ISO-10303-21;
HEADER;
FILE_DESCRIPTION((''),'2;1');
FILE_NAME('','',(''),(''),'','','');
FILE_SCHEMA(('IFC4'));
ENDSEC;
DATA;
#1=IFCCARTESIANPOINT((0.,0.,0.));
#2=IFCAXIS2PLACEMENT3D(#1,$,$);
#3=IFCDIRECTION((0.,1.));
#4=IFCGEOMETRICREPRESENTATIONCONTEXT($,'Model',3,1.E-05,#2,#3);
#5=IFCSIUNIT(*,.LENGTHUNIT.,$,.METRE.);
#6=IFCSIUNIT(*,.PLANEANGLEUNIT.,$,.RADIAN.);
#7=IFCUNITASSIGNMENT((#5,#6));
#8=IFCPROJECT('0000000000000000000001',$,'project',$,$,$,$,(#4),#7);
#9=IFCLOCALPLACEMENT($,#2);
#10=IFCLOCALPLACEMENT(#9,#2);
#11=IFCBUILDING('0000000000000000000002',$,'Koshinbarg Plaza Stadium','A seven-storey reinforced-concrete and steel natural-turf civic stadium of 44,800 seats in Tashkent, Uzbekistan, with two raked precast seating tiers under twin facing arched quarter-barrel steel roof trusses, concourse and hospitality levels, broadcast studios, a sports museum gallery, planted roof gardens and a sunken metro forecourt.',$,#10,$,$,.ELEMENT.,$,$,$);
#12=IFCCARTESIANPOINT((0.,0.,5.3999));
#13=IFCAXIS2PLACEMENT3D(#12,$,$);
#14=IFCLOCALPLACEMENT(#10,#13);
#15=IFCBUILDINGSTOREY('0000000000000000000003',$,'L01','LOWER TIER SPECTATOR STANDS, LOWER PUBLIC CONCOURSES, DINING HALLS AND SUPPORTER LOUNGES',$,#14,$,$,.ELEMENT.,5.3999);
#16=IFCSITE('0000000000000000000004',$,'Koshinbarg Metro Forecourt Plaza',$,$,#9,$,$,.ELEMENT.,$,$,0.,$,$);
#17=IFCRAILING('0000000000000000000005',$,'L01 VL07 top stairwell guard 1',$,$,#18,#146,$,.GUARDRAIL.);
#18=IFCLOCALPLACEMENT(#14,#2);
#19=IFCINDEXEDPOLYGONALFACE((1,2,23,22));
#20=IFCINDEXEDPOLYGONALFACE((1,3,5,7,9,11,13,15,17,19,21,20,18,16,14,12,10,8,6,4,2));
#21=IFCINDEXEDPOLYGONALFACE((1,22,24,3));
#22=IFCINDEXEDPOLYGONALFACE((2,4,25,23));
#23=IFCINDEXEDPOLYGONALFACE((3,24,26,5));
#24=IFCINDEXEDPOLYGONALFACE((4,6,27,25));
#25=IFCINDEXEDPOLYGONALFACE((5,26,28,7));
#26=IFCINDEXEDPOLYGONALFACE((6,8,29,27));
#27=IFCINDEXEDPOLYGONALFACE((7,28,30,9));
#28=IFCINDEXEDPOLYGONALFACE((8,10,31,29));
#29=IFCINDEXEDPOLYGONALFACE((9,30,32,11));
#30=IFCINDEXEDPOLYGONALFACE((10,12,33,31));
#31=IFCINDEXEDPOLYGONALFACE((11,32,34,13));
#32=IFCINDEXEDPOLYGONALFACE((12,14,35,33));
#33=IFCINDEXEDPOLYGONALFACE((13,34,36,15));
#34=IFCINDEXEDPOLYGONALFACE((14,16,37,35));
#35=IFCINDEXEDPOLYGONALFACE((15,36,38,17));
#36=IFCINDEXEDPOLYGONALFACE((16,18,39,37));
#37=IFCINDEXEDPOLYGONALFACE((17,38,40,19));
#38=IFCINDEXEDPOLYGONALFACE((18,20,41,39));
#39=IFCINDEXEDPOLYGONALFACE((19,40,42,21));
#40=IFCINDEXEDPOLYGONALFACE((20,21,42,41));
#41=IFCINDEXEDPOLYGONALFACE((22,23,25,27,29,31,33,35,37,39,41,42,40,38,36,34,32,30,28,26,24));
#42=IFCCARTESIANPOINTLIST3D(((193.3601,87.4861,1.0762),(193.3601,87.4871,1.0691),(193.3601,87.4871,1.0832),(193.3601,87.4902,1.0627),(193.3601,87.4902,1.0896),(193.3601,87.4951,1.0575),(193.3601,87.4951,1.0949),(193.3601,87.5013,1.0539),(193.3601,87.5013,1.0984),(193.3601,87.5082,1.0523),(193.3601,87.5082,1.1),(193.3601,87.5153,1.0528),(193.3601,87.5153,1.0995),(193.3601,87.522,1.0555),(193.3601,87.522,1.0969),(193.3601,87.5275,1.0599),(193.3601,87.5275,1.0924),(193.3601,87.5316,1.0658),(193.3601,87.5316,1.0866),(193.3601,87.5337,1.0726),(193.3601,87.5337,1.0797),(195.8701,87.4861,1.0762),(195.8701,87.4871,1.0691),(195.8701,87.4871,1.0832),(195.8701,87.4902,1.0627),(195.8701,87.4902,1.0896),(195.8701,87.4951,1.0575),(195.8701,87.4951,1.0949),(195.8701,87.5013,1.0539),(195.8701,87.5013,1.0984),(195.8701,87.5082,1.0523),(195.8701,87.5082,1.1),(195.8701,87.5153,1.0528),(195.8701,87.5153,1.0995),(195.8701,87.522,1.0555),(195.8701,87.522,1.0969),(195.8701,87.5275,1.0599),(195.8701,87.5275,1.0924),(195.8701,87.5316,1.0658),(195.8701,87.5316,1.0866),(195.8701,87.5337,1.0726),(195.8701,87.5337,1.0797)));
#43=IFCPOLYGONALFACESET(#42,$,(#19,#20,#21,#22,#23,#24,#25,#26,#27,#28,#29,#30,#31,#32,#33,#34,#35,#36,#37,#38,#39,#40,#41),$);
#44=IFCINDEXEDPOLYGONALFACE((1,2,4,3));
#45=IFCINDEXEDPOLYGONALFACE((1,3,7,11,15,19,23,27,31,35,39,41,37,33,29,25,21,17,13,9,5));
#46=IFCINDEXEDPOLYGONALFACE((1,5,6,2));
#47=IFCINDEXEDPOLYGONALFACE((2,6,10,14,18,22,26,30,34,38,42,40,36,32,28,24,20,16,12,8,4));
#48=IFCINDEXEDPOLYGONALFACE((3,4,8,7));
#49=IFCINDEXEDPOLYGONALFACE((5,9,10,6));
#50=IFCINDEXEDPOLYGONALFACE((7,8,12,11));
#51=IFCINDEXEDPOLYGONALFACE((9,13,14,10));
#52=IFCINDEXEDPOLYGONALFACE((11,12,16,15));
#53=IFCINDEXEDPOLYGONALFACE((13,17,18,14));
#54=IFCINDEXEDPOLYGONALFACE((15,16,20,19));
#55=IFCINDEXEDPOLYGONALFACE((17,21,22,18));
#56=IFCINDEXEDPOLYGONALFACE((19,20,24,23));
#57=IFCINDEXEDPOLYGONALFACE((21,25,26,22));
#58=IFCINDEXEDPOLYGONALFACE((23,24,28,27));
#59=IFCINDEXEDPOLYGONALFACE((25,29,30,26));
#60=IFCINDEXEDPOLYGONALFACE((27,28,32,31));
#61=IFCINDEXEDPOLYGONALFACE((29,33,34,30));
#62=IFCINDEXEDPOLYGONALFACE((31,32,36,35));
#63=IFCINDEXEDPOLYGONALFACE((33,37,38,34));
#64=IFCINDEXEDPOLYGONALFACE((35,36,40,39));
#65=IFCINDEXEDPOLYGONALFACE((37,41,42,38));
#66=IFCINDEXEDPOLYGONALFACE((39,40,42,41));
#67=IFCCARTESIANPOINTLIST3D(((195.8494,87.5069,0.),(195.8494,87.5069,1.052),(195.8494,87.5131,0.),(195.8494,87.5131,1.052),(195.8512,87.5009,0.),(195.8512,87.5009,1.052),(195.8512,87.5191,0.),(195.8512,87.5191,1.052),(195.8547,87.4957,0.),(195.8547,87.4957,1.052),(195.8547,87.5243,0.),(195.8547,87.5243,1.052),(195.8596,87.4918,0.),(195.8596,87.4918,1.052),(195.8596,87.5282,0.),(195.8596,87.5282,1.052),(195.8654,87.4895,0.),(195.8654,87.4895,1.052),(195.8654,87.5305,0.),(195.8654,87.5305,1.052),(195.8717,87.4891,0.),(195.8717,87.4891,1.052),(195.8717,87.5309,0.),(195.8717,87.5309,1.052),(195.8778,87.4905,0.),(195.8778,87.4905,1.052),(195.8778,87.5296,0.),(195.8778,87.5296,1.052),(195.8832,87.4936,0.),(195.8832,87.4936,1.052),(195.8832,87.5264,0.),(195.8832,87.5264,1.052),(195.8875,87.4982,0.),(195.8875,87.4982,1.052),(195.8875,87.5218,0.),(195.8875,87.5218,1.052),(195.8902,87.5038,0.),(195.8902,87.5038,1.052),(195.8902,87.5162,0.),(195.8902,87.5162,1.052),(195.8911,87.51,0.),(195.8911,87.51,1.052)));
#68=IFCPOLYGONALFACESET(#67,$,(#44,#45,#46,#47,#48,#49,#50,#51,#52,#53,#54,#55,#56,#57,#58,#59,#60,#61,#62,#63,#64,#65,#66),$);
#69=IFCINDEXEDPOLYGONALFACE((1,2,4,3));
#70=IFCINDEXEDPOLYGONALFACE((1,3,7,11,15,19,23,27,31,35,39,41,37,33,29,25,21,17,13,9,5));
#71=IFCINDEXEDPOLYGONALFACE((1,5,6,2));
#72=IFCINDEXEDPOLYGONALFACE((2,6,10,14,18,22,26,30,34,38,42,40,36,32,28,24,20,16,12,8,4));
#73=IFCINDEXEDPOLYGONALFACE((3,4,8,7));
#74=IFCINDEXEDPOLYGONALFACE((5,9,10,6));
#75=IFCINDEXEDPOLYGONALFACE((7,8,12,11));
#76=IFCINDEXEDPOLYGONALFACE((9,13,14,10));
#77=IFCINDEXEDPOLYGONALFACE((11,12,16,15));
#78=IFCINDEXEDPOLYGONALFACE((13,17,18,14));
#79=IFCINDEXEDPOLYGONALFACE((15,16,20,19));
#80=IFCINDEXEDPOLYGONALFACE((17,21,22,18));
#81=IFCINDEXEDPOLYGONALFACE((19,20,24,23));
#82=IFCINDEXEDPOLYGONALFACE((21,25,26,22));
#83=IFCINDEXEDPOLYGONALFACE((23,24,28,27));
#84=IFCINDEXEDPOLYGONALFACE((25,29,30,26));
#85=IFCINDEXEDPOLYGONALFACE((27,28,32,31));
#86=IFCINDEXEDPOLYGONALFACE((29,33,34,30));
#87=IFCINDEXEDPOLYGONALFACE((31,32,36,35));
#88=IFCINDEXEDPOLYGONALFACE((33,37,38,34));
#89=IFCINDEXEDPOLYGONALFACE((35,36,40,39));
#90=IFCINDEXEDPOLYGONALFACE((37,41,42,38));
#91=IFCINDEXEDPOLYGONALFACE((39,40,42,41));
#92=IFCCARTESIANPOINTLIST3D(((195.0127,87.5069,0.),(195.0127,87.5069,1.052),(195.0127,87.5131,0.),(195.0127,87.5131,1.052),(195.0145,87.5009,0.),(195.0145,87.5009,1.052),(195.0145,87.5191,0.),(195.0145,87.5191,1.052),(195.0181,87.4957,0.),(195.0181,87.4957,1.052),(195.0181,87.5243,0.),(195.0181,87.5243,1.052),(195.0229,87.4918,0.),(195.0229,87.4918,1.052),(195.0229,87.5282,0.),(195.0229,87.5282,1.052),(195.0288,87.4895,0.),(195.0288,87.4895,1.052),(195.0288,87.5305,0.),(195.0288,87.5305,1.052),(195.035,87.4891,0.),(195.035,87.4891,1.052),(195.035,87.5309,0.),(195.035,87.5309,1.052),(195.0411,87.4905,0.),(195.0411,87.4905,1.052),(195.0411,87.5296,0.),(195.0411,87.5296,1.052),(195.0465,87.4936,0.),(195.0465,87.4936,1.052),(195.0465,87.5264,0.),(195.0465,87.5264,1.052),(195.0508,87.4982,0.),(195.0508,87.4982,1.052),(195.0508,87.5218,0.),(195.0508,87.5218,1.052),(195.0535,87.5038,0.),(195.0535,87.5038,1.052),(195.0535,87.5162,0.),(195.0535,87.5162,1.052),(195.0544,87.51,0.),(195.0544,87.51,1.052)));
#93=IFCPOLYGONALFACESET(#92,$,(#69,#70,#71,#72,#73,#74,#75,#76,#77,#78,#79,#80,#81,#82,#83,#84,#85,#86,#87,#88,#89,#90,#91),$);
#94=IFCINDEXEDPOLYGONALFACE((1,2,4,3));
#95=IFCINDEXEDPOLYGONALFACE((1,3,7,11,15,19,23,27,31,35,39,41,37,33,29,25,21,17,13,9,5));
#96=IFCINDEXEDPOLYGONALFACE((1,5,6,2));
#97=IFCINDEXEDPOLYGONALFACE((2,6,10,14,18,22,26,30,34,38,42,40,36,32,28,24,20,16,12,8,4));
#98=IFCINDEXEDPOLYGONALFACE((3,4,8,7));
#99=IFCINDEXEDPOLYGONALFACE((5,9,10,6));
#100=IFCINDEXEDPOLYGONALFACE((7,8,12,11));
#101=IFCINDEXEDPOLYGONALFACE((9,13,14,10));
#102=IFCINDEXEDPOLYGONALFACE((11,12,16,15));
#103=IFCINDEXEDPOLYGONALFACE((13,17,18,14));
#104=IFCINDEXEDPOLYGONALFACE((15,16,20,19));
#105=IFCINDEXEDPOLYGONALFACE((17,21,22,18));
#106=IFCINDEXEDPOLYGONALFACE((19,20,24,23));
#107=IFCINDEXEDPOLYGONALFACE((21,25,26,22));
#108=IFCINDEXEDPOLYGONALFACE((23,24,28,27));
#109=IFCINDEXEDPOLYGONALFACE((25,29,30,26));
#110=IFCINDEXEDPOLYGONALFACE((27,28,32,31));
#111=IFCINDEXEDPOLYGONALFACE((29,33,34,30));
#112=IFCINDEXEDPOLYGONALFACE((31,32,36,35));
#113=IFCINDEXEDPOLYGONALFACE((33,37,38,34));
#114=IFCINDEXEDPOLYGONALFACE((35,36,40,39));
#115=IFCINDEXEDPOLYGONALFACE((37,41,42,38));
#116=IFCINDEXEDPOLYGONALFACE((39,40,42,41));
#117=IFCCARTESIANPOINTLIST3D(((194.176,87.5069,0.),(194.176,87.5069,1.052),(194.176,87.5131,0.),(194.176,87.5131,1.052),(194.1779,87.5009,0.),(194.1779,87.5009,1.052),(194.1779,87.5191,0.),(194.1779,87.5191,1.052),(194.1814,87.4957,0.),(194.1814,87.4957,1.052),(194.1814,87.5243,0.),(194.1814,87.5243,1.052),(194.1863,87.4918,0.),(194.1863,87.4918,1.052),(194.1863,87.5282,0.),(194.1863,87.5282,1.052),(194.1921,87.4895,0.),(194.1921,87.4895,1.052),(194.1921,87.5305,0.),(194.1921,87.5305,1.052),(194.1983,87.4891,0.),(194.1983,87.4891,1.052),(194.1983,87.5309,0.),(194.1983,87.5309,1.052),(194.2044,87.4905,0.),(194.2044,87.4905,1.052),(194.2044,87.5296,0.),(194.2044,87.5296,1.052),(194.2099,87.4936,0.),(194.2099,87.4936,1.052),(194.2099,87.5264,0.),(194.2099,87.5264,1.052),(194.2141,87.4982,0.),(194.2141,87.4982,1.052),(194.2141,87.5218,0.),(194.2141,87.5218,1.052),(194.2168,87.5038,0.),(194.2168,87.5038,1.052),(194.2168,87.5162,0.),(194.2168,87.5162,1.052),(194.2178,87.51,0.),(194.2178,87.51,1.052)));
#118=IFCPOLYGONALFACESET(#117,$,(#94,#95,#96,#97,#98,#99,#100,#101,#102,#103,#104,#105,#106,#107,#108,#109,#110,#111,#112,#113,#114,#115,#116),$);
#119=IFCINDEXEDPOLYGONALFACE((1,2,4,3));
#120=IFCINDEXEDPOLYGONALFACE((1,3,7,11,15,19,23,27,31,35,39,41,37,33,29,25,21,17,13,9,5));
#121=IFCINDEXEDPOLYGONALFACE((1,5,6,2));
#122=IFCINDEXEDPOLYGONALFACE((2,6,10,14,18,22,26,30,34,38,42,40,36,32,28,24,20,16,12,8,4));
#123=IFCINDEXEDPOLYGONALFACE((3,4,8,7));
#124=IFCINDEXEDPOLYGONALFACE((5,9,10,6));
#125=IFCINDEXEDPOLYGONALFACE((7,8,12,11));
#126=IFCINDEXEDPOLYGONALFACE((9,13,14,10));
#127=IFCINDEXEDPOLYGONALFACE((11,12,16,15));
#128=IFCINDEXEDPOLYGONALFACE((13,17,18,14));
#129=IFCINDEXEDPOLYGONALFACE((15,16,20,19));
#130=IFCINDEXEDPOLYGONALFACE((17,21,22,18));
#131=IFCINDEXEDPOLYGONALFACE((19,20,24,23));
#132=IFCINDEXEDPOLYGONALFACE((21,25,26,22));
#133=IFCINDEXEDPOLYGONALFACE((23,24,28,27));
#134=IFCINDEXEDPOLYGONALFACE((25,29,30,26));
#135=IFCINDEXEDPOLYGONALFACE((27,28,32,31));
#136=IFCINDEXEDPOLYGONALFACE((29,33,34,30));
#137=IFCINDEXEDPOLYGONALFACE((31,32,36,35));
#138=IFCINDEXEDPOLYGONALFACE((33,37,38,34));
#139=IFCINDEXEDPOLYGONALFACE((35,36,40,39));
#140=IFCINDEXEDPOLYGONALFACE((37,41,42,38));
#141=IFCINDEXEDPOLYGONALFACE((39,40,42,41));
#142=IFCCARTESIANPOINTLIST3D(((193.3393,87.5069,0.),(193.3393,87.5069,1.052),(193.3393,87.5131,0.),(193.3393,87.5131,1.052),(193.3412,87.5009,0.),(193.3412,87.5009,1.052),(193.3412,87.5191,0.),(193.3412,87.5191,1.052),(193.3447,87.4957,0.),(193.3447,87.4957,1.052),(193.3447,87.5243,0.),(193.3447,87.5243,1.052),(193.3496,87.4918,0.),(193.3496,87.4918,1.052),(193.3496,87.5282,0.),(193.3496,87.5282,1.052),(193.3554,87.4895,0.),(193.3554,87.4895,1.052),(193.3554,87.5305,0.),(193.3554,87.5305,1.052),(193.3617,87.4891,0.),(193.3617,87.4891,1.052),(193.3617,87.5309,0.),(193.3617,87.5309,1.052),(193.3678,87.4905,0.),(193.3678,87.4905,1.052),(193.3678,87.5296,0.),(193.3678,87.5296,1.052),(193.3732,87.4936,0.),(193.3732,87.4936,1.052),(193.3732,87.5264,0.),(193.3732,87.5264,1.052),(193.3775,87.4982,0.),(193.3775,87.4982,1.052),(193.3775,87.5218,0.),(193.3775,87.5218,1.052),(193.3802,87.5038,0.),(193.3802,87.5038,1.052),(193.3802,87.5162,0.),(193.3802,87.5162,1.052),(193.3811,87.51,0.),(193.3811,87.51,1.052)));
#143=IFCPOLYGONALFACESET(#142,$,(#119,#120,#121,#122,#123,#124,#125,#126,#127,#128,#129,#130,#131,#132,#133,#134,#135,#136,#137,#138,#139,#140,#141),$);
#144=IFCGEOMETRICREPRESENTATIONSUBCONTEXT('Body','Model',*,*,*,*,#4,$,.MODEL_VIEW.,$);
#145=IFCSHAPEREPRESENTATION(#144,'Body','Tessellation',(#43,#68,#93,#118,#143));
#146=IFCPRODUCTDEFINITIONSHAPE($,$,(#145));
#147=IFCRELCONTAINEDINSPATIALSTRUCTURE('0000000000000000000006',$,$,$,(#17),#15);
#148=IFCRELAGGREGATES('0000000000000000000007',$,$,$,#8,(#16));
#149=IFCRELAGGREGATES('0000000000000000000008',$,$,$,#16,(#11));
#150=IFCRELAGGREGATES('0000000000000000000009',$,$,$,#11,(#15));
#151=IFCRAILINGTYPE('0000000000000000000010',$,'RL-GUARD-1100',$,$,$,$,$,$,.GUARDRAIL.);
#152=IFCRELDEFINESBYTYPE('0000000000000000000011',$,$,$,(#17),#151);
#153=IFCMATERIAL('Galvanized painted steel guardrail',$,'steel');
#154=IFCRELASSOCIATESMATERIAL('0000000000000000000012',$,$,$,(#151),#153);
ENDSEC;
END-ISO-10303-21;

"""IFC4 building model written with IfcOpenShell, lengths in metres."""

from ifc_helpers import new_model, si_unit, direction, frame, origin, origin_2d, place, context, subcontext, project, spatial, circle, extrude, material, type_object, element, save


model = new_model("IFC4")

# Units and contexts
model_context = context("Model", 3, precision=1e-05, world=origin(), true_north=direction((0.0, 1.0)))
body_context = subcontext(model_context, "Body", "Model", "MODEL_VIEW")
ifc_project = project(units=[si_unit("LENGTHUNIT", "METRE"), si_unit("PLANEANGLEUNIT", "RADIAN")], contexts=[model_context])

# Site, building, storey
site_placement = place(None, origin())
site = spatial("IfcSite", under=ifc_project, at=site_placement, Name="Koshinbarg Metro Forecourt Plaza", CompositionType="ELEMENT", RefElevation=0.0)
building_placement = place(site_placement, origin())
building = spatial("IfcBuilding", under=site, at=building_placement, Name="Koshinbarg Plaza Stadium", Description="A seven-storey reinforced-concrete and steel natural-turf civic stadium of 44,800 seats in Tashkent, Uzbekistan, with two raked precast seating tiers under twin facing arched quarter-barrel steel roof trusses, concourse and hospitality levels, broadcast studios, a sports museum gallery, planted roof gardens and a sunken metro forecourt.", CompositionType="ELEMENT")
storey_placement = place(building_placement, frame((0.0, 0.0, 5.3999)))
storey = spatial("IfcBuildingStorey", under=building, at=storey_placement, Name="L01", Description="LOWER TIER SPECTATOR STANDS, LOWER PUBLIC CONCOURSES, DINING HALLS AND SUPPORTER LOUNGES", CompositionType="ELEMENT", Elevation=5.3999)

# Railing
ifc_material_1 = material(Name="Galvanized painted steel guardrail", Category="steel")
railing_type_1 = type_object("IfcRailingType", Name="RL-GUARD-1100", PredefinedType="GUARDRAIL", material=ifc_material_1)
railing_1_placement = place(storey_placement, frame((195.8701, 87.51, 0.0)))
element("IfcRailing", 1, at=railing_1_placement, inside=storey, type_object=railing_type_1, Name="L01 VL07 top stairwell guard 1", PredefinedType="GUARDRAIL", context=body_context, shape_type="SweptSolid", body=[
    extrude(circle(Radius=0.0239, at=origin_2d()), frame((0.0, 0.0, 1.0762), z_axis=(-1.0, 0.0, 0.0), x_axis=(0.0, -1.0, 0.0)), (0.0, 0.0, 1.0), 2.51),
    extrude(circle(Radius=0.021, at=origin_2d()), origin(), (0.0, 0.0, 1.0), 1.052),
    extrude(circle(Radius=0.021, at=origin_2d()), frame((-0.8367, 0.0, 0.0)), (0.0, 0.0, 1.0), 1.052),
    extrude(circle(Radius=0.021, at=origin_2d()), frame((-1.6733, 0.0, 0.0)), (0.0, 0.0, 1.0), 1.052),
    extrude(circle(Radius=0.021, at=origin_2d()), frame((-2.51, 0.0, 0.0)), (0.0, 0.0, 1.0), 1.052),
])

save(model, "model.ifc")
